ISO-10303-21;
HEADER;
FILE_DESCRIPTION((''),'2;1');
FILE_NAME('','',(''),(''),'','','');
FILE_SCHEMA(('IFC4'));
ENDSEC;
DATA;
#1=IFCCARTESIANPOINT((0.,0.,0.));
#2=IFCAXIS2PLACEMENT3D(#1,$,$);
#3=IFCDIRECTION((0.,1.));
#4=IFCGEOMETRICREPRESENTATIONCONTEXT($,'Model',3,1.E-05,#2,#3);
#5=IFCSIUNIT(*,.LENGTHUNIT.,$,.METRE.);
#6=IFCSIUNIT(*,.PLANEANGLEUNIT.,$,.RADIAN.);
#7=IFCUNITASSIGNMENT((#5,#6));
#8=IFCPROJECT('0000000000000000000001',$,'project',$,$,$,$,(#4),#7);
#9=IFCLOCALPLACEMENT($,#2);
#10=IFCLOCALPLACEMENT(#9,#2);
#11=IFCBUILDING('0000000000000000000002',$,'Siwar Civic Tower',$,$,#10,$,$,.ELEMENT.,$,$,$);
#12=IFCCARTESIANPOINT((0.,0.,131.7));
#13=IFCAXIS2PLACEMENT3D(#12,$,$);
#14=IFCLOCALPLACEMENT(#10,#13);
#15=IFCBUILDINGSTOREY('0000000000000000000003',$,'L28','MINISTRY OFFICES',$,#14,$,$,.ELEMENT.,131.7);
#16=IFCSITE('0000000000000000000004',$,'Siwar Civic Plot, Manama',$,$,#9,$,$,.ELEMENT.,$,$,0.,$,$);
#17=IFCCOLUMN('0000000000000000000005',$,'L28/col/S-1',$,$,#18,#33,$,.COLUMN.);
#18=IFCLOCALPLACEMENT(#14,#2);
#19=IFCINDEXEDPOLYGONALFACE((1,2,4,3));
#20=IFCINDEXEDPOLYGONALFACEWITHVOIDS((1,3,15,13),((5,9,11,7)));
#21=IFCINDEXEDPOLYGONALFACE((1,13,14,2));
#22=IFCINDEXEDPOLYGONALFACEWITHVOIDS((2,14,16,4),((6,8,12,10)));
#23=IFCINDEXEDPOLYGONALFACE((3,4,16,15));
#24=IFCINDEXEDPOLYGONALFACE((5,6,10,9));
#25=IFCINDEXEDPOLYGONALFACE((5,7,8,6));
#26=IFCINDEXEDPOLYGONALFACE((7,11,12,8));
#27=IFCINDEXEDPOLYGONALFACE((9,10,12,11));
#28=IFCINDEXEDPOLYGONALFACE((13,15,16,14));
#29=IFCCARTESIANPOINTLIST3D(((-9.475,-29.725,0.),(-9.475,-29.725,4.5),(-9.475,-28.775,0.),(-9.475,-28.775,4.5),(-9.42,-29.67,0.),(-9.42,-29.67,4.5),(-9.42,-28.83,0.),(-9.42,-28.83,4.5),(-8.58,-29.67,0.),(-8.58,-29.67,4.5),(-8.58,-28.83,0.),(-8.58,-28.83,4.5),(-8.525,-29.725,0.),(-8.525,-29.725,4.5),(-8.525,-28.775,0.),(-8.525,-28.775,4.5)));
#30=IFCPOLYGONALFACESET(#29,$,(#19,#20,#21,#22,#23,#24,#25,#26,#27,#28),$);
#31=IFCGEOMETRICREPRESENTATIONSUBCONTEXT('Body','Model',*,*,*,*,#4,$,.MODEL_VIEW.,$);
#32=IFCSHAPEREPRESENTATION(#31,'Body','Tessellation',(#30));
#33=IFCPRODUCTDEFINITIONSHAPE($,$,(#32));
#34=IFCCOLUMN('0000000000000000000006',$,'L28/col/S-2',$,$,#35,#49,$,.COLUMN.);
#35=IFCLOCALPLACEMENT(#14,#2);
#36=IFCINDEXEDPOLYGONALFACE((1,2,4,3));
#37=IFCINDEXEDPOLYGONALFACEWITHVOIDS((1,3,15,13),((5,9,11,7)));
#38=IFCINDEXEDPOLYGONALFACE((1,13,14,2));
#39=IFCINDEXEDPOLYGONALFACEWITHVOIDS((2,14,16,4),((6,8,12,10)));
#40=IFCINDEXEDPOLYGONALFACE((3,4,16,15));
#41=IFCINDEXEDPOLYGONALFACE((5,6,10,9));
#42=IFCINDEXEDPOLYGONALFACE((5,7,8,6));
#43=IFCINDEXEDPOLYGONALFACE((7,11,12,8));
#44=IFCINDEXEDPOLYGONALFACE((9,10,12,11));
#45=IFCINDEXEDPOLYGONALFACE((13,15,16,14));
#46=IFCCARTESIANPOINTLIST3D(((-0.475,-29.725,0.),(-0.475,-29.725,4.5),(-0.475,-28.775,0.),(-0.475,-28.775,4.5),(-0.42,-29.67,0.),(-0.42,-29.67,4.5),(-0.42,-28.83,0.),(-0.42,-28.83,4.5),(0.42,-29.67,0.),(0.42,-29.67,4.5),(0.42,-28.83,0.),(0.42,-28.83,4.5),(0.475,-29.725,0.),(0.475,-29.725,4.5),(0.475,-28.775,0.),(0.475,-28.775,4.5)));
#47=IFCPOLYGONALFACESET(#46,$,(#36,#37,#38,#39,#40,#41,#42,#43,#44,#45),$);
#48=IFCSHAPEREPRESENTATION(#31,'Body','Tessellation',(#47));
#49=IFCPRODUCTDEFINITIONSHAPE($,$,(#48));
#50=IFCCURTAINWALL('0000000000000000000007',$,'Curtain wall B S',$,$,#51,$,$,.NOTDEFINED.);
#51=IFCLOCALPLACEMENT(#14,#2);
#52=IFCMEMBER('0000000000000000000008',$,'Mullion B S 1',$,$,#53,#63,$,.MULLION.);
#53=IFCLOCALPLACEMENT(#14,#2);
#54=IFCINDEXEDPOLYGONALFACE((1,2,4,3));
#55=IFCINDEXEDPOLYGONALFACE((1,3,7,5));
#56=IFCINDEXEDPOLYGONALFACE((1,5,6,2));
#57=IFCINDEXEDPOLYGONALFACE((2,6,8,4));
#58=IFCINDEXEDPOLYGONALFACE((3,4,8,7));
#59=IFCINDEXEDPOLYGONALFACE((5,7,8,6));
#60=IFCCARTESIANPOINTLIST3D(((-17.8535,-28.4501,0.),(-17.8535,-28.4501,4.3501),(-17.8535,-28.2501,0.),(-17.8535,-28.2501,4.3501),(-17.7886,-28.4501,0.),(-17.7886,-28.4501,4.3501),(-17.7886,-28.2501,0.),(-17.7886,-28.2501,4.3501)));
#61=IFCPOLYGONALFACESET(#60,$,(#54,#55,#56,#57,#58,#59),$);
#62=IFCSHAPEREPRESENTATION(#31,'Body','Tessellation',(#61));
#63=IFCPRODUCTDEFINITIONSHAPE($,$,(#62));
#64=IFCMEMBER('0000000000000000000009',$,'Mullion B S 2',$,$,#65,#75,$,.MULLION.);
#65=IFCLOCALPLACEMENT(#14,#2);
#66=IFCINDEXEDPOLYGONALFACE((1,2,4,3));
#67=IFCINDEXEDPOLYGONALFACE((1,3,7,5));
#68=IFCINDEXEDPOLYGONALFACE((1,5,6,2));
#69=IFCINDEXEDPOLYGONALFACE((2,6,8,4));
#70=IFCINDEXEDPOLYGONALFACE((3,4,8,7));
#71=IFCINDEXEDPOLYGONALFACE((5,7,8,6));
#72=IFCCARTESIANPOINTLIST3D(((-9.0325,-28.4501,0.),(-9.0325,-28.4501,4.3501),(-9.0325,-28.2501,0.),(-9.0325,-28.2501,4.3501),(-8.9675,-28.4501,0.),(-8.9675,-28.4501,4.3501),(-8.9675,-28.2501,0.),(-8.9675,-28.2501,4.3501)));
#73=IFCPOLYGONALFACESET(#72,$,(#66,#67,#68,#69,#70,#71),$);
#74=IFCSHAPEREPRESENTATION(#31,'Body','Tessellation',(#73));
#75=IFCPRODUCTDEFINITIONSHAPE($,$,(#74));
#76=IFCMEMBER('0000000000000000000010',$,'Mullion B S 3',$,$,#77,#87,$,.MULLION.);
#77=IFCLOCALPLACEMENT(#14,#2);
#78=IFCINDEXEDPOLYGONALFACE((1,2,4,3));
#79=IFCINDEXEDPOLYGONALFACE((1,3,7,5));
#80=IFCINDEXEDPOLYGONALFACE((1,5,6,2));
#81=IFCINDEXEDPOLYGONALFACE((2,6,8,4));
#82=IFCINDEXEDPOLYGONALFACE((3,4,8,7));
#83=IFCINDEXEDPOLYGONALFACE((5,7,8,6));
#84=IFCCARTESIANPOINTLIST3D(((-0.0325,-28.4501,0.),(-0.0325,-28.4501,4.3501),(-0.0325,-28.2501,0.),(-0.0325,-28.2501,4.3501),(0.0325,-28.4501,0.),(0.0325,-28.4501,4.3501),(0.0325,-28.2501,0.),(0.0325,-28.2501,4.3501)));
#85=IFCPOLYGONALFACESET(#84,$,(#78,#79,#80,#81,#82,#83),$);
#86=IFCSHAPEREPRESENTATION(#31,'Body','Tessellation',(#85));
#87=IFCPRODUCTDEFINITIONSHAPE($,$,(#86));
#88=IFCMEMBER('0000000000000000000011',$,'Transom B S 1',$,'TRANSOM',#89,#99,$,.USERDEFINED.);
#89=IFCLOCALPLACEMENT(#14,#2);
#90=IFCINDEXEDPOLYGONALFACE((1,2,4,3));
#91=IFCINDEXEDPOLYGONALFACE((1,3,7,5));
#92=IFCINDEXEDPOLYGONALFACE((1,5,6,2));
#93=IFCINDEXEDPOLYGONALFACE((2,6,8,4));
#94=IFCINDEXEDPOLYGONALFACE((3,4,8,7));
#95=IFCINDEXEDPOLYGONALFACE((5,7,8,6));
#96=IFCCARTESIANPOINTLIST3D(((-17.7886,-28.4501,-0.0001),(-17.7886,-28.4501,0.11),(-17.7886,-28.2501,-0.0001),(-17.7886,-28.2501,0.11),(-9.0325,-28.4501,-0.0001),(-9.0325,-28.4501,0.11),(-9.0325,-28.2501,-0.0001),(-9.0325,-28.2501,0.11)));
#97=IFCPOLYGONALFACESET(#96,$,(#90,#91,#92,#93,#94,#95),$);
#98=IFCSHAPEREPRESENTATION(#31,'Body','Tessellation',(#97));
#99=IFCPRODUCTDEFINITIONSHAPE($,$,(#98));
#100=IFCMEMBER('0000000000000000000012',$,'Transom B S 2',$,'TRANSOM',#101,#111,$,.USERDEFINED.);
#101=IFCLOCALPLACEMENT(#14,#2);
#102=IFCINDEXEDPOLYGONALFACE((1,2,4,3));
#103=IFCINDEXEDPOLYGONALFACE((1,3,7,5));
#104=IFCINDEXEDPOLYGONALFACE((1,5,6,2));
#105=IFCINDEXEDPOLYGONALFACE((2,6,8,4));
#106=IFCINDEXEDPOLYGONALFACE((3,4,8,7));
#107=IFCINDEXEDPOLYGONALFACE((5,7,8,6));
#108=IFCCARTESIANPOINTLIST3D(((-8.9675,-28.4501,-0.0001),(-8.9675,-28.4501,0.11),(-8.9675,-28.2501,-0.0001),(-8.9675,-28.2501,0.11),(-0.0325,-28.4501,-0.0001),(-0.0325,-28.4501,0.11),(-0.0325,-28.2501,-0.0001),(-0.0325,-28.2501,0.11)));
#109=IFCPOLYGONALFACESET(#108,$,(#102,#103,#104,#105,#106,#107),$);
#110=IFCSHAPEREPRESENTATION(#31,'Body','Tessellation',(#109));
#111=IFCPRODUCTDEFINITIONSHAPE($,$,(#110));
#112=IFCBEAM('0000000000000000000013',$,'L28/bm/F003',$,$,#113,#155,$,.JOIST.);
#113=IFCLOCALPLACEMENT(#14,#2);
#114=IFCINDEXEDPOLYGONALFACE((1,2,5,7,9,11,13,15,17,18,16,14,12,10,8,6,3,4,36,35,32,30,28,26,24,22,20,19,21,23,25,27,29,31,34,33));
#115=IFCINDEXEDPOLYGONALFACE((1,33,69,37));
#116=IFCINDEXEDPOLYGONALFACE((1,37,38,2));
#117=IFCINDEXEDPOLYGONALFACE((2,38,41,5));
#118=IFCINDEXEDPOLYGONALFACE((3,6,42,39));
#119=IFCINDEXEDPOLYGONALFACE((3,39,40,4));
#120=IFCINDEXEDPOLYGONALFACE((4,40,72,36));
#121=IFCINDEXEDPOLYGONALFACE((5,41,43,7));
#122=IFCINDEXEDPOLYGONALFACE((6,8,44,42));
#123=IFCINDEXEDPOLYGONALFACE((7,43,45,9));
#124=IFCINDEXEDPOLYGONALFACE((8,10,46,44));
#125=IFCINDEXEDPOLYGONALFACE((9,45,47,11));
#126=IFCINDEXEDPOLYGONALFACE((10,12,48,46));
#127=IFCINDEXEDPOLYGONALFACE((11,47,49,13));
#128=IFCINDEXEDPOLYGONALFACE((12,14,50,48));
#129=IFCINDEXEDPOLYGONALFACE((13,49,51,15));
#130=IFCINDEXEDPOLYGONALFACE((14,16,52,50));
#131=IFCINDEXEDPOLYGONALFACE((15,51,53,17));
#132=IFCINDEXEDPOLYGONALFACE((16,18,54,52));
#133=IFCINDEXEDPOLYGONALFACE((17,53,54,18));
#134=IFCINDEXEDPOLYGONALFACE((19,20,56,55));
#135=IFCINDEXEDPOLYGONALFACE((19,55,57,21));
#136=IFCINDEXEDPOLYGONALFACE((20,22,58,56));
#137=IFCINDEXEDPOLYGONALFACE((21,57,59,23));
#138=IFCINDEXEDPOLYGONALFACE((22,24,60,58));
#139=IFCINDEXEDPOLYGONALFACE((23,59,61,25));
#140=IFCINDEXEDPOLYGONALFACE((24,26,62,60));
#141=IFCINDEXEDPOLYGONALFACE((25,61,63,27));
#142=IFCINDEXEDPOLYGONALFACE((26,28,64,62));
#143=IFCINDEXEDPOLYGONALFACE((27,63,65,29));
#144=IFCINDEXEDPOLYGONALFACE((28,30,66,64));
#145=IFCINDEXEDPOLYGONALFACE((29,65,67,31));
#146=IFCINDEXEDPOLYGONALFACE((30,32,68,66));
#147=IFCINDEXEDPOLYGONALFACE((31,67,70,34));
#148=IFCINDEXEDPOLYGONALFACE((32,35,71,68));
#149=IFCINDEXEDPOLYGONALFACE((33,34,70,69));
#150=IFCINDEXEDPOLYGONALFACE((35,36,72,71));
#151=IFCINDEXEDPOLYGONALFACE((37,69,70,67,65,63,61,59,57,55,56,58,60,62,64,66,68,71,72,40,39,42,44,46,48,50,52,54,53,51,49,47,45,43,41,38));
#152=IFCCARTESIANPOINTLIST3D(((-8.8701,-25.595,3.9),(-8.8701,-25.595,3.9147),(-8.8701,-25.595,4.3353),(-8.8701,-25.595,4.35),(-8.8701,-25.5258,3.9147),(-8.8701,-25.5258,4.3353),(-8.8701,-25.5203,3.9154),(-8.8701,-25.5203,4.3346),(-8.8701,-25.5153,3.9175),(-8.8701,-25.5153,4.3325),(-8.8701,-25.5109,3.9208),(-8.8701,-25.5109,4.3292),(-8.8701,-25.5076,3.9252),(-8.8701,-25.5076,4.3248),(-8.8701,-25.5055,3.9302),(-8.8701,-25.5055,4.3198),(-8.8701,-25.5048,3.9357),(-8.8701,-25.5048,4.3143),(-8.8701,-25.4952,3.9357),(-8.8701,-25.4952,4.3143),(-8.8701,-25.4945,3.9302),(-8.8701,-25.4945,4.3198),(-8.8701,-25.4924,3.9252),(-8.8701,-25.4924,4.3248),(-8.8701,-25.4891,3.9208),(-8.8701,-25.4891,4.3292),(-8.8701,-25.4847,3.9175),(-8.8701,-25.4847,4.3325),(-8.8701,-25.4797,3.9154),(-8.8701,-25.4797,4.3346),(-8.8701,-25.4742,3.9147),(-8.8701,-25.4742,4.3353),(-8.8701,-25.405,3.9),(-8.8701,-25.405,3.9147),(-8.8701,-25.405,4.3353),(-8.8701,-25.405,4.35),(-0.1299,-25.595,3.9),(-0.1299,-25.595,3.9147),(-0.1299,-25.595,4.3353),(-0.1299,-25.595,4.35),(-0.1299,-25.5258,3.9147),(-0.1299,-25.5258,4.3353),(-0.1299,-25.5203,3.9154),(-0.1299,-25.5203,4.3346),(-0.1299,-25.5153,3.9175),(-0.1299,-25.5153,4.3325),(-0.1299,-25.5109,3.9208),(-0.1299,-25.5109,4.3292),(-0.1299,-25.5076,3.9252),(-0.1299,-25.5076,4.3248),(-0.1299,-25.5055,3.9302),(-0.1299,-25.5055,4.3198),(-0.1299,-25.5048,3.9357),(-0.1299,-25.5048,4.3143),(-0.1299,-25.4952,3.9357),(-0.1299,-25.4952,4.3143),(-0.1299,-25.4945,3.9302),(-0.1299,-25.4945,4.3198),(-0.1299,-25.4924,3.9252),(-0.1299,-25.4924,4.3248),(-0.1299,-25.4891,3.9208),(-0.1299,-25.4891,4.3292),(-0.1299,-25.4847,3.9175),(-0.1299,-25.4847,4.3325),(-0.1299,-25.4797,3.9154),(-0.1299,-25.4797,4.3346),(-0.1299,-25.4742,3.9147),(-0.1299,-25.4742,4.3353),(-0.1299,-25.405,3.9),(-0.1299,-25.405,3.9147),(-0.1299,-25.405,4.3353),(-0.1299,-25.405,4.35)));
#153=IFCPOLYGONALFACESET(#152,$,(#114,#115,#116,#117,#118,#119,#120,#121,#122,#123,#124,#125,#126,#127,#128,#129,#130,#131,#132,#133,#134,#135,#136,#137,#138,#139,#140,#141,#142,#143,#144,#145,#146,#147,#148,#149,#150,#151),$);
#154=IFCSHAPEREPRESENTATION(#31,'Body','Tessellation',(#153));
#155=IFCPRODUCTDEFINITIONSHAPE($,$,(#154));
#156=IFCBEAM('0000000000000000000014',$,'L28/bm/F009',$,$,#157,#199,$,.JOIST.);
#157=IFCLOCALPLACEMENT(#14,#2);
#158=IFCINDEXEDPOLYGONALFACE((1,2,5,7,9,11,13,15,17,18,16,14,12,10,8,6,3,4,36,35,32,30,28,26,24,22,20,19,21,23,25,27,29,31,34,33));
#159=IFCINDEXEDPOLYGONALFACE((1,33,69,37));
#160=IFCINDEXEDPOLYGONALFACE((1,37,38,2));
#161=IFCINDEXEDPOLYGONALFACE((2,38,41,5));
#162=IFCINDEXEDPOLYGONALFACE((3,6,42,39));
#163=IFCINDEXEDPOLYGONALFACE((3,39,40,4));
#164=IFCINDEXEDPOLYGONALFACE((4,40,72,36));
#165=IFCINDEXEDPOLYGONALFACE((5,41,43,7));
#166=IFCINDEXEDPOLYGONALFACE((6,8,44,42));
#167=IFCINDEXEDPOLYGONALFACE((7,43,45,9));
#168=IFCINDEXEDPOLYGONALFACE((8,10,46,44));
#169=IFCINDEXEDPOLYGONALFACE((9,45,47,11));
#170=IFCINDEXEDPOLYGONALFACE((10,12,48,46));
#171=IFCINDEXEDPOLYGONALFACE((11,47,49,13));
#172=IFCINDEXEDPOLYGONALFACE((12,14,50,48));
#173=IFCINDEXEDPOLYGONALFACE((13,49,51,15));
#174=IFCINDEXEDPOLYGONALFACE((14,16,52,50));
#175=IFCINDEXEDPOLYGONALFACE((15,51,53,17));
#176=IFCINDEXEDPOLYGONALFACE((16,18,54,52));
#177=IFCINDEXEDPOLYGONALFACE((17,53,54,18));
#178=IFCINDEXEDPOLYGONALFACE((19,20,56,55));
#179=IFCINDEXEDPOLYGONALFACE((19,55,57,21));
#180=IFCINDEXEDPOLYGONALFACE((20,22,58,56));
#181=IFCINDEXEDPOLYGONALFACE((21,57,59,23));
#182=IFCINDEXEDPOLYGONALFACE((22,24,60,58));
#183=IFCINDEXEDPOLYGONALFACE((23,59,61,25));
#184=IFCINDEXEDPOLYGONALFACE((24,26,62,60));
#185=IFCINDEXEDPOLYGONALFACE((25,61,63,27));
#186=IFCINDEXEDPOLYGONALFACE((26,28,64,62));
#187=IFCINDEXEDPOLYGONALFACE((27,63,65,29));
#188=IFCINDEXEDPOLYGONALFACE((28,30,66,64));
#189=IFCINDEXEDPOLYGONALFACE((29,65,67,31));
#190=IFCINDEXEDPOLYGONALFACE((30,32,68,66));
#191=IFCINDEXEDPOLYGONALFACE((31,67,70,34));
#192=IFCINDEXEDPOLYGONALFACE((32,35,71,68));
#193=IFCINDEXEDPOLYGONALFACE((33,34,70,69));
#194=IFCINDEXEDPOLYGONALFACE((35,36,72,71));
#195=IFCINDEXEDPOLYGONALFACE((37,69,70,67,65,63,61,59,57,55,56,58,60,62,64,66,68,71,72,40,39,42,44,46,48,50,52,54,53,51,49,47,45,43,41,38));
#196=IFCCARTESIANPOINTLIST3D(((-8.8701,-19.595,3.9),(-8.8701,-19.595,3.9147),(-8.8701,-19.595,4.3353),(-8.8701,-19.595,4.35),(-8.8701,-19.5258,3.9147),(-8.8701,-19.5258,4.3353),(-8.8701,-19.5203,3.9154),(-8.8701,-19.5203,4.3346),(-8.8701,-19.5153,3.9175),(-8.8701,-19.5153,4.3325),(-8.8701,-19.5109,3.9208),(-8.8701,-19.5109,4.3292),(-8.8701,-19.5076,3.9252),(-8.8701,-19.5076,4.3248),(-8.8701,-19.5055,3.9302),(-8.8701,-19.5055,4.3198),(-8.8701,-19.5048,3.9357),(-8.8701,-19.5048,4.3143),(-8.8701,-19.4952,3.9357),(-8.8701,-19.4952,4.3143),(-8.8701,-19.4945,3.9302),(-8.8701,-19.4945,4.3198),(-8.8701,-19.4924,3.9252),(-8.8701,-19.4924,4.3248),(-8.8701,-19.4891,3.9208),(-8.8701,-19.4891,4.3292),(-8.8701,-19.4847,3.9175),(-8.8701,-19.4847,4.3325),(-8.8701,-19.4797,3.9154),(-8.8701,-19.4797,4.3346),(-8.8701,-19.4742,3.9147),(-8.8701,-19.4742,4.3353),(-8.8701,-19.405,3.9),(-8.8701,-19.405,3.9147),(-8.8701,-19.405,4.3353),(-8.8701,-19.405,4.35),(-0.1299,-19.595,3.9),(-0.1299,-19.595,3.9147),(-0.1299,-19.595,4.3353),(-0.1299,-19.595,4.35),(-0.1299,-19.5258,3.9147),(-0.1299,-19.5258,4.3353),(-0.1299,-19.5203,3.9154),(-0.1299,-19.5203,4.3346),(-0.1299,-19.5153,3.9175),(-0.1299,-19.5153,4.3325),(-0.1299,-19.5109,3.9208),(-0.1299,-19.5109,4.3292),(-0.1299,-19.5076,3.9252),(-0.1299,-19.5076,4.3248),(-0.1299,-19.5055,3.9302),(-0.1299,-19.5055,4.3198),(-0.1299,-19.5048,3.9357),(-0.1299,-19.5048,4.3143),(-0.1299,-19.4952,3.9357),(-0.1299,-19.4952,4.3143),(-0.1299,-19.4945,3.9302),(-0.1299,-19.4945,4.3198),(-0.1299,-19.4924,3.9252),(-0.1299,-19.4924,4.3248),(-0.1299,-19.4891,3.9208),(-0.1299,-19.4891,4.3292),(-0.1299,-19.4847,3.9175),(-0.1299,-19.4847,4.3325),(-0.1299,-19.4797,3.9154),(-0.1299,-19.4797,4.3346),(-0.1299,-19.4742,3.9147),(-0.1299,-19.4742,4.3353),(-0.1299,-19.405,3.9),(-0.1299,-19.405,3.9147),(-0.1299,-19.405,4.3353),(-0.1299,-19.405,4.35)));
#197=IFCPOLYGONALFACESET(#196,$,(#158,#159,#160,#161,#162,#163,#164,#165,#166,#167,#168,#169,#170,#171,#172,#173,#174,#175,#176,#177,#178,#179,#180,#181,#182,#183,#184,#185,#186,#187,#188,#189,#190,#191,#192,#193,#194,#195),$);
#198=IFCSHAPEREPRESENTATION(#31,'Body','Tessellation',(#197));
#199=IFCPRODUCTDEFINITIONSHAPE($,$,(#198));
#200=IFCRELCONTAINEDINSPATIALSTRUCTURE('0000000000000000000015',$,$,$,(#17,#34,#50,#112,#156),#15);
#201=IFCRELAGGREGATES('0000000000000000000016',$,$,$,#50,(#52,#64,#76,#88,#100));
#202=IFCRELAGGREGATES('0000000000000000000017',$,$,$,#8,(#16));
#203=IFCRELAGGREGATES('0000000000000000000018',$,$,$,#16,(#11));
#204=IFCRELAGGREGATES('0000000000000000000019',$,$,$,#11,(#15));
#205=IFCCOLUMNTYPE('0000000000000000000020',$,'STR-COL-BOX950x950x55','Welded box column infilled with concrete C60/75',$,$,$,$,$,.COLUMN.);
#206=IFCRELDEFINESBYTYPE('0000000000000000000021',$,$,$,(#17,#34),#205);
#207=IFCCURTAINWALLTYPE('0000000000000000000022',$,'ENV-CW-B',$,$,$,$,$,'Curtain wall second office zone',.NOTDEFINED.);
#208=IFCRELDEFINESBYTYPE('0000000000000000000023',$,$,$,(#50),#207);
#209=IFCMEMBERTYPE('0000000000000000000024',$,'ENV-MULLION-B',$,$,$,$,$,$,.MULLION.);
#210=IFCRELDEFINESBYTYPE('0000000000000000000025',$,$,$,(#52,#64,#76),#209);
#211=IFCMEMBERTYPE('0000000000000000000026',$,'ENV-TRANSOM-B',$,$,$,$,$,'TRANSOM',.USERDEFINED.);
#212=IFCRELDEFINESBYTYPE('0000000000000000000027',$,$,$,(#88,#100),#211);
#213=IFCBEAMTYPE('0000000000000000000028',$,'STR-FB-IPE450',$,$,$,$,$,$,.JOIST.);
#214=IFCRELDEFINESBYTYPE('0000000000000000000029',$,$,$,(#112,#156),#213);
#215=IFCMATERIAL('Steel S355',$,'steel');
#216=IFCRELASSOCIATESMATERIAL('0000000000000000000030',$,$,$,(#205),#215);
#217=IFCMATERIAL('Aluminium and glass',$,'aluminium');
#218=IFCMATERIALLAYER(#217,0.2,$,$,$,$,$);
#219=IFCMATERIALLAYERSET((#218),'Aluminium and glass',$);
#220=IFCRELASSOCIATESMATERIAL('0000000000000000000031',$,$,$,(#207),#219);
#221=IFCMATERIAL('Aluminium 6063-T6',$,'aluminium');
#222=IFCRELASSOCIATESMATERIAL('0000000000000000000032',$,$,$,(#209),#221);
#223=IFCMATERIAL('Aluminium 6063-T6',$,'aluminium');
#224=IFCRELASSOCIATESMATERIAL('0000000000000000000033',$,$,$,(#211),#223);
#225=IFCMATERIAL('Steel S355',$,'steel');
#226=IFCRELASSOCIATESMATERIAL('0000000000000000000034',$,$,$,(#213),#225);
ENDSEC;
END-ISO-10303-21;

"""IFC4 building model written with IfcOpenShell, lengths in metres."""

from ifc_helpers import new_model, si_unit, direction, frame, origin, origin_2d, place, context, subcontext, project, spatial, rectangle, hollow_rectangle, i_section, extrude, material, layer, layer_set, material_profile, profile_set, type_object, element, aggregate, save


model = new_model("IFC4")

# Units and contexts
model_context = context("Model", 3, precision=1e-05, world=origin(), true_north=direction((0.0, 1.0)))
body_context = subcontext(model_context, "Body", "Model", "MODEL_VIEW")
ifc_project = project(units=[si_unit("LENGTHUNIT", "METRE"), si_unit("PLANEANGLEUNIT", "RADIAN")], contexts=[model_context])

# Site, building, storey
site_placement = place(None, origin())
site = spatial("IfcSite", under=ifc_project, at=site_placement, Name="Siwar Civic Plot, Manama", CompositionType="ELEMENT", RefElevation=0.0)
building_placement = place(site_placement, origin())
building = spatial("IfcBuilding", under=site, at=building_placement, Name="Siwar Civic Tower", CompositionType="ELEMENT")
storey_placement = place(building_placement, frame((0.0, 0.0, 131.7)))
storey = spatial("IfcBuildingStorey", under=building, at=storey_placement, Name="L28", Description="MINISTRY OFFICES", CompositionType="ELEMENT", Elevation=131.7)

# Columns
ifc_material_1 = material(Name="Steel S355", Category="steel")
ifc_material_profile_1 = material_profile(ifc_material_1, hollow_rectangle(XDim=0.95, YDim=0.95, WallThickness=0.0549, at=origin_2d()), Name="BOX950x950x55")
ifc_profile_set_1 = profile_set([ifc_material_profile_1], Name="Steel S355")
column_type = type_object("IfcColumnType", Name="STR-COL-BOX950x950x55", Description="Welded box column infilled with concrete C60/75", PredefinedType="COLUMN", material=ifc_profile_set_1)
for number, where, z_axis, x_axis, name in (
    (1, (-9.0, -29.25, 0.0), (0.0, 0.0, 1.0), (1.0, 0.0, 0.0), "L28/col/S-1"),
    (2, (0.0, -29.25, 0.0), (0.0, 0.0, 1.0), (1.0, 0.0, 0.0), "L28/col/S-2"),
):
    element("IfcColumn", number, at=place(storey_placement, frame(where, z_axis=z_axis, x_axis=x_axis)), inside=storey, type_object=column_type, Name=name, PredefinedType="COLUMN", context=body_context, shape_type="SweptSolid", body=[
        extrude(hollow_rectangle(XDim=0.95, YDim=0.95, WallThickness=0.0549, at=origin_2d()), origin(), (0.0, 0.0, 1.0), 4.5),
    ])

# Curtain wall, members
ifc_material_2 = material(Name="Aluminium and glass", Category="aluminium")
ifc_layer_1 = layer(ifc_material_2, 0.2)
ifc_layer_set_1 = layer_set([ifc_layer_1], Name="Aluminium and glass")
curtain_wall_type = type_object("IfcCurtainWallType", Name="ENV-CW-B", ElementType="Curtain wall second office zone", PredefinedType="NOTDEFINED", material=ifc_layer_set_1)
curtain_wall_placement = place(storey_placement, origin())
curtain_wall = element("IfcCurtainWall", 3, at=curtain_wall_placement, inside=storey, type_object=curtain_wall_type, Name="Curtain wall B S", PredefinedType="NOTDEFINED")
ifc_material_3 = material(Name="Aluminium 6063-T6", Category="aluminium")
ifc_material_profile_2 = material_profile(ifc_material_3, rectangle(XDim=0.2, YDim=0.0649, at=origin_2d()), Name="AL 200x65")
ifc_profile_set_2 = profile_set([ifc_material_profile_2], Name="Aluminium 6063-T6")
member_type_1 = type_object("IfcMemberType", Name="ENV-MULLION-B", PredefinedType="MULLION", material=ifc_profile_set_2)
member_1_placement = place(storey_placement, frame((-17.821, -28.3501, 0.0), z_axis=(0.0, 0.0, 1.0), x_axis=(0.0, 1.0, 0.0)))
member_1 = element("IfcMember", 4, at=member_1_placement, type_object=member_type_1, Name="Mullion B S 1", PredefinedType="MULLION", context=body_context, shape_type="SweptSolid", body=[
    extrude(rectangle(XDim=0.2, YDim=0.0649, at=origin_2d()), origin(), (0.0, 0.0, 1.0), 4.3501),
])
member_2_placement = place(storey_placement, frame((-9.0, -28.3501, 0.0), z_axis=(0.0, 0.0, 1.0), x_axis=(0.0, 1.0, 0.0)))
member_2 = element("IfcMember", 5, at=member_2_placement, type_object=member_type_1, Name="Mullion B S 2", PredefinedType="MULLION", context=body_context, shape_type="SweptSolid", body=[
    extrude(rectangle(XDim=0.2, YDim=0.0649, at=origin_2d()), origin(), (0.0, 0.0, 1.0), 4.3501),
])
member_3_placement = place(storey_placement, frame((0.0, -28.3501, 0.0), z_axis=(0.0, 0.0, 1.0), x_axis=(0.0, 1.0, 0.0)))
member_3 = element("IfcMember", 6, at=member_3_placement, type_object=member_type_1, Name="Mullion B S 3", PredefinedType="MULLION", context=body_context, shape_type="SweptSolid", body=[
    extrude(rectangle(XDim=0.2, YDim=0.0649, at=origin_2d()), origin(), (0.0, 0.0, 1.0), 4.3501),
])
ifc_material_4 = material(Name="Aluminium 6063-T6", Category="aluminium")
ifc_material_profile_3 = material_profile(ifc_material_4, rectangle(XDim=0.2, YDim=0.1101, at=origin_2d()), Name="AL 200x110")
ifc_profile_set_3 = profile_set([ifc_material_profile_3], Name="Aluminium 6063-T6")
member_type_2 = type_object("IfcMemberType", Name="ENV-TRANSOM-B", ElementType="TRANSOM", PredefinedType="USERDEFINED", material=ifc_profile_set_3)
member_4_placement = place(storey_placement, frame((-17.7886, -28.3501, 0.0549), z_axis=(1.0, 0.0, 0.0), x_axis=(0.0, 1.0, 0.0)))
member_4 = element("IfcMember", 7, at=member_4_placement, type_object=member_type_2, Name="Transom B S 1", ObjectType="TRANSOM", PredefinedType="USERDEFINED", context=body_context, shape_type="SweptSolid", body=[
    extrude(rectangle(XDim=0.2, YDim=0.1101, at=origin_2d()), origin(), (0.0, 0.0, 1.0), 8.7561),
])
member_5_placement = place(storey_placement, frame((-8.9675, -28.3501, 0.0549), z_axis=(1.0, 0.0, 0.0), x_axis=(0.0, 1.0, 0.0)))
member_5 = element("IfcMember", 8, at=member_5_placement, type_object=member_type_2, Name="Transom B S 2", ObjectType="TRANSOM", PredefinedType="USERDEFINED", context=body_context, shape_type="SweptSolid", body=[
    extrude(rectangle(XDim=0.2, YDim=0.1101, at=origin_2d()), origin(), (0.0, 0.0, 1.0), 8.9351),
])

# Beams
ifc_material_5 = material(Name="Steel S355", Category="steel")
ifc_material_profile_4 = material_profile(ifc_material_5, i_section(OverallWidth=0.1899, OverallDepth=0.45, WebThickness=0.0095, FlangeThickness=0.0146, FilletRadius=0.021, at=origin_2d()), Name="IPE450")
ifc_profile_set_4 = profile_set([ifc_material_profile_4], Name="Steel S355")
beam_type_1 = type_object("IfcBeamType", Name="STR-FB-IPE450", PredefinedType="JOIST", material=ifc_profile_set_4)
for number, where, z_axis, x_axis, name in (
    (9, (-8.8701, -25.5, 4.125), (1.0, 0.0, 0.0), (0.0, 1.0, 0.0), "L28/bm/F003"),
    (10, (-8.8701, -19.5, 4.125), (1.0, 0.0, 0.0), (0.0, 1.0, 0.0), "L28/bm/F009"),
):
    element("IfcBeam", number, at=place(storey_placement, frame(where, z_axis=z_axis, x_axis=x_axis)), inside=storey, type_object=beam_type_1, Name=name, PredefinedType="JOIST", context=body_context, shape_type="SweptSolid", body=[
        extrude(i_section(OverallWidth=0.1899, OverallDepth=0.45, WebThickness=0.0095, FlangeThickness=0.0146, FilletRadius=0.021, at=origin_2d()), origin(), (0.0, 0.0, 1.0), 8.7402),
    ])

aggregate(curtain_wall, [member_1, member_2, member_3, member_4, member_5])

save(model, "model.ifc")
